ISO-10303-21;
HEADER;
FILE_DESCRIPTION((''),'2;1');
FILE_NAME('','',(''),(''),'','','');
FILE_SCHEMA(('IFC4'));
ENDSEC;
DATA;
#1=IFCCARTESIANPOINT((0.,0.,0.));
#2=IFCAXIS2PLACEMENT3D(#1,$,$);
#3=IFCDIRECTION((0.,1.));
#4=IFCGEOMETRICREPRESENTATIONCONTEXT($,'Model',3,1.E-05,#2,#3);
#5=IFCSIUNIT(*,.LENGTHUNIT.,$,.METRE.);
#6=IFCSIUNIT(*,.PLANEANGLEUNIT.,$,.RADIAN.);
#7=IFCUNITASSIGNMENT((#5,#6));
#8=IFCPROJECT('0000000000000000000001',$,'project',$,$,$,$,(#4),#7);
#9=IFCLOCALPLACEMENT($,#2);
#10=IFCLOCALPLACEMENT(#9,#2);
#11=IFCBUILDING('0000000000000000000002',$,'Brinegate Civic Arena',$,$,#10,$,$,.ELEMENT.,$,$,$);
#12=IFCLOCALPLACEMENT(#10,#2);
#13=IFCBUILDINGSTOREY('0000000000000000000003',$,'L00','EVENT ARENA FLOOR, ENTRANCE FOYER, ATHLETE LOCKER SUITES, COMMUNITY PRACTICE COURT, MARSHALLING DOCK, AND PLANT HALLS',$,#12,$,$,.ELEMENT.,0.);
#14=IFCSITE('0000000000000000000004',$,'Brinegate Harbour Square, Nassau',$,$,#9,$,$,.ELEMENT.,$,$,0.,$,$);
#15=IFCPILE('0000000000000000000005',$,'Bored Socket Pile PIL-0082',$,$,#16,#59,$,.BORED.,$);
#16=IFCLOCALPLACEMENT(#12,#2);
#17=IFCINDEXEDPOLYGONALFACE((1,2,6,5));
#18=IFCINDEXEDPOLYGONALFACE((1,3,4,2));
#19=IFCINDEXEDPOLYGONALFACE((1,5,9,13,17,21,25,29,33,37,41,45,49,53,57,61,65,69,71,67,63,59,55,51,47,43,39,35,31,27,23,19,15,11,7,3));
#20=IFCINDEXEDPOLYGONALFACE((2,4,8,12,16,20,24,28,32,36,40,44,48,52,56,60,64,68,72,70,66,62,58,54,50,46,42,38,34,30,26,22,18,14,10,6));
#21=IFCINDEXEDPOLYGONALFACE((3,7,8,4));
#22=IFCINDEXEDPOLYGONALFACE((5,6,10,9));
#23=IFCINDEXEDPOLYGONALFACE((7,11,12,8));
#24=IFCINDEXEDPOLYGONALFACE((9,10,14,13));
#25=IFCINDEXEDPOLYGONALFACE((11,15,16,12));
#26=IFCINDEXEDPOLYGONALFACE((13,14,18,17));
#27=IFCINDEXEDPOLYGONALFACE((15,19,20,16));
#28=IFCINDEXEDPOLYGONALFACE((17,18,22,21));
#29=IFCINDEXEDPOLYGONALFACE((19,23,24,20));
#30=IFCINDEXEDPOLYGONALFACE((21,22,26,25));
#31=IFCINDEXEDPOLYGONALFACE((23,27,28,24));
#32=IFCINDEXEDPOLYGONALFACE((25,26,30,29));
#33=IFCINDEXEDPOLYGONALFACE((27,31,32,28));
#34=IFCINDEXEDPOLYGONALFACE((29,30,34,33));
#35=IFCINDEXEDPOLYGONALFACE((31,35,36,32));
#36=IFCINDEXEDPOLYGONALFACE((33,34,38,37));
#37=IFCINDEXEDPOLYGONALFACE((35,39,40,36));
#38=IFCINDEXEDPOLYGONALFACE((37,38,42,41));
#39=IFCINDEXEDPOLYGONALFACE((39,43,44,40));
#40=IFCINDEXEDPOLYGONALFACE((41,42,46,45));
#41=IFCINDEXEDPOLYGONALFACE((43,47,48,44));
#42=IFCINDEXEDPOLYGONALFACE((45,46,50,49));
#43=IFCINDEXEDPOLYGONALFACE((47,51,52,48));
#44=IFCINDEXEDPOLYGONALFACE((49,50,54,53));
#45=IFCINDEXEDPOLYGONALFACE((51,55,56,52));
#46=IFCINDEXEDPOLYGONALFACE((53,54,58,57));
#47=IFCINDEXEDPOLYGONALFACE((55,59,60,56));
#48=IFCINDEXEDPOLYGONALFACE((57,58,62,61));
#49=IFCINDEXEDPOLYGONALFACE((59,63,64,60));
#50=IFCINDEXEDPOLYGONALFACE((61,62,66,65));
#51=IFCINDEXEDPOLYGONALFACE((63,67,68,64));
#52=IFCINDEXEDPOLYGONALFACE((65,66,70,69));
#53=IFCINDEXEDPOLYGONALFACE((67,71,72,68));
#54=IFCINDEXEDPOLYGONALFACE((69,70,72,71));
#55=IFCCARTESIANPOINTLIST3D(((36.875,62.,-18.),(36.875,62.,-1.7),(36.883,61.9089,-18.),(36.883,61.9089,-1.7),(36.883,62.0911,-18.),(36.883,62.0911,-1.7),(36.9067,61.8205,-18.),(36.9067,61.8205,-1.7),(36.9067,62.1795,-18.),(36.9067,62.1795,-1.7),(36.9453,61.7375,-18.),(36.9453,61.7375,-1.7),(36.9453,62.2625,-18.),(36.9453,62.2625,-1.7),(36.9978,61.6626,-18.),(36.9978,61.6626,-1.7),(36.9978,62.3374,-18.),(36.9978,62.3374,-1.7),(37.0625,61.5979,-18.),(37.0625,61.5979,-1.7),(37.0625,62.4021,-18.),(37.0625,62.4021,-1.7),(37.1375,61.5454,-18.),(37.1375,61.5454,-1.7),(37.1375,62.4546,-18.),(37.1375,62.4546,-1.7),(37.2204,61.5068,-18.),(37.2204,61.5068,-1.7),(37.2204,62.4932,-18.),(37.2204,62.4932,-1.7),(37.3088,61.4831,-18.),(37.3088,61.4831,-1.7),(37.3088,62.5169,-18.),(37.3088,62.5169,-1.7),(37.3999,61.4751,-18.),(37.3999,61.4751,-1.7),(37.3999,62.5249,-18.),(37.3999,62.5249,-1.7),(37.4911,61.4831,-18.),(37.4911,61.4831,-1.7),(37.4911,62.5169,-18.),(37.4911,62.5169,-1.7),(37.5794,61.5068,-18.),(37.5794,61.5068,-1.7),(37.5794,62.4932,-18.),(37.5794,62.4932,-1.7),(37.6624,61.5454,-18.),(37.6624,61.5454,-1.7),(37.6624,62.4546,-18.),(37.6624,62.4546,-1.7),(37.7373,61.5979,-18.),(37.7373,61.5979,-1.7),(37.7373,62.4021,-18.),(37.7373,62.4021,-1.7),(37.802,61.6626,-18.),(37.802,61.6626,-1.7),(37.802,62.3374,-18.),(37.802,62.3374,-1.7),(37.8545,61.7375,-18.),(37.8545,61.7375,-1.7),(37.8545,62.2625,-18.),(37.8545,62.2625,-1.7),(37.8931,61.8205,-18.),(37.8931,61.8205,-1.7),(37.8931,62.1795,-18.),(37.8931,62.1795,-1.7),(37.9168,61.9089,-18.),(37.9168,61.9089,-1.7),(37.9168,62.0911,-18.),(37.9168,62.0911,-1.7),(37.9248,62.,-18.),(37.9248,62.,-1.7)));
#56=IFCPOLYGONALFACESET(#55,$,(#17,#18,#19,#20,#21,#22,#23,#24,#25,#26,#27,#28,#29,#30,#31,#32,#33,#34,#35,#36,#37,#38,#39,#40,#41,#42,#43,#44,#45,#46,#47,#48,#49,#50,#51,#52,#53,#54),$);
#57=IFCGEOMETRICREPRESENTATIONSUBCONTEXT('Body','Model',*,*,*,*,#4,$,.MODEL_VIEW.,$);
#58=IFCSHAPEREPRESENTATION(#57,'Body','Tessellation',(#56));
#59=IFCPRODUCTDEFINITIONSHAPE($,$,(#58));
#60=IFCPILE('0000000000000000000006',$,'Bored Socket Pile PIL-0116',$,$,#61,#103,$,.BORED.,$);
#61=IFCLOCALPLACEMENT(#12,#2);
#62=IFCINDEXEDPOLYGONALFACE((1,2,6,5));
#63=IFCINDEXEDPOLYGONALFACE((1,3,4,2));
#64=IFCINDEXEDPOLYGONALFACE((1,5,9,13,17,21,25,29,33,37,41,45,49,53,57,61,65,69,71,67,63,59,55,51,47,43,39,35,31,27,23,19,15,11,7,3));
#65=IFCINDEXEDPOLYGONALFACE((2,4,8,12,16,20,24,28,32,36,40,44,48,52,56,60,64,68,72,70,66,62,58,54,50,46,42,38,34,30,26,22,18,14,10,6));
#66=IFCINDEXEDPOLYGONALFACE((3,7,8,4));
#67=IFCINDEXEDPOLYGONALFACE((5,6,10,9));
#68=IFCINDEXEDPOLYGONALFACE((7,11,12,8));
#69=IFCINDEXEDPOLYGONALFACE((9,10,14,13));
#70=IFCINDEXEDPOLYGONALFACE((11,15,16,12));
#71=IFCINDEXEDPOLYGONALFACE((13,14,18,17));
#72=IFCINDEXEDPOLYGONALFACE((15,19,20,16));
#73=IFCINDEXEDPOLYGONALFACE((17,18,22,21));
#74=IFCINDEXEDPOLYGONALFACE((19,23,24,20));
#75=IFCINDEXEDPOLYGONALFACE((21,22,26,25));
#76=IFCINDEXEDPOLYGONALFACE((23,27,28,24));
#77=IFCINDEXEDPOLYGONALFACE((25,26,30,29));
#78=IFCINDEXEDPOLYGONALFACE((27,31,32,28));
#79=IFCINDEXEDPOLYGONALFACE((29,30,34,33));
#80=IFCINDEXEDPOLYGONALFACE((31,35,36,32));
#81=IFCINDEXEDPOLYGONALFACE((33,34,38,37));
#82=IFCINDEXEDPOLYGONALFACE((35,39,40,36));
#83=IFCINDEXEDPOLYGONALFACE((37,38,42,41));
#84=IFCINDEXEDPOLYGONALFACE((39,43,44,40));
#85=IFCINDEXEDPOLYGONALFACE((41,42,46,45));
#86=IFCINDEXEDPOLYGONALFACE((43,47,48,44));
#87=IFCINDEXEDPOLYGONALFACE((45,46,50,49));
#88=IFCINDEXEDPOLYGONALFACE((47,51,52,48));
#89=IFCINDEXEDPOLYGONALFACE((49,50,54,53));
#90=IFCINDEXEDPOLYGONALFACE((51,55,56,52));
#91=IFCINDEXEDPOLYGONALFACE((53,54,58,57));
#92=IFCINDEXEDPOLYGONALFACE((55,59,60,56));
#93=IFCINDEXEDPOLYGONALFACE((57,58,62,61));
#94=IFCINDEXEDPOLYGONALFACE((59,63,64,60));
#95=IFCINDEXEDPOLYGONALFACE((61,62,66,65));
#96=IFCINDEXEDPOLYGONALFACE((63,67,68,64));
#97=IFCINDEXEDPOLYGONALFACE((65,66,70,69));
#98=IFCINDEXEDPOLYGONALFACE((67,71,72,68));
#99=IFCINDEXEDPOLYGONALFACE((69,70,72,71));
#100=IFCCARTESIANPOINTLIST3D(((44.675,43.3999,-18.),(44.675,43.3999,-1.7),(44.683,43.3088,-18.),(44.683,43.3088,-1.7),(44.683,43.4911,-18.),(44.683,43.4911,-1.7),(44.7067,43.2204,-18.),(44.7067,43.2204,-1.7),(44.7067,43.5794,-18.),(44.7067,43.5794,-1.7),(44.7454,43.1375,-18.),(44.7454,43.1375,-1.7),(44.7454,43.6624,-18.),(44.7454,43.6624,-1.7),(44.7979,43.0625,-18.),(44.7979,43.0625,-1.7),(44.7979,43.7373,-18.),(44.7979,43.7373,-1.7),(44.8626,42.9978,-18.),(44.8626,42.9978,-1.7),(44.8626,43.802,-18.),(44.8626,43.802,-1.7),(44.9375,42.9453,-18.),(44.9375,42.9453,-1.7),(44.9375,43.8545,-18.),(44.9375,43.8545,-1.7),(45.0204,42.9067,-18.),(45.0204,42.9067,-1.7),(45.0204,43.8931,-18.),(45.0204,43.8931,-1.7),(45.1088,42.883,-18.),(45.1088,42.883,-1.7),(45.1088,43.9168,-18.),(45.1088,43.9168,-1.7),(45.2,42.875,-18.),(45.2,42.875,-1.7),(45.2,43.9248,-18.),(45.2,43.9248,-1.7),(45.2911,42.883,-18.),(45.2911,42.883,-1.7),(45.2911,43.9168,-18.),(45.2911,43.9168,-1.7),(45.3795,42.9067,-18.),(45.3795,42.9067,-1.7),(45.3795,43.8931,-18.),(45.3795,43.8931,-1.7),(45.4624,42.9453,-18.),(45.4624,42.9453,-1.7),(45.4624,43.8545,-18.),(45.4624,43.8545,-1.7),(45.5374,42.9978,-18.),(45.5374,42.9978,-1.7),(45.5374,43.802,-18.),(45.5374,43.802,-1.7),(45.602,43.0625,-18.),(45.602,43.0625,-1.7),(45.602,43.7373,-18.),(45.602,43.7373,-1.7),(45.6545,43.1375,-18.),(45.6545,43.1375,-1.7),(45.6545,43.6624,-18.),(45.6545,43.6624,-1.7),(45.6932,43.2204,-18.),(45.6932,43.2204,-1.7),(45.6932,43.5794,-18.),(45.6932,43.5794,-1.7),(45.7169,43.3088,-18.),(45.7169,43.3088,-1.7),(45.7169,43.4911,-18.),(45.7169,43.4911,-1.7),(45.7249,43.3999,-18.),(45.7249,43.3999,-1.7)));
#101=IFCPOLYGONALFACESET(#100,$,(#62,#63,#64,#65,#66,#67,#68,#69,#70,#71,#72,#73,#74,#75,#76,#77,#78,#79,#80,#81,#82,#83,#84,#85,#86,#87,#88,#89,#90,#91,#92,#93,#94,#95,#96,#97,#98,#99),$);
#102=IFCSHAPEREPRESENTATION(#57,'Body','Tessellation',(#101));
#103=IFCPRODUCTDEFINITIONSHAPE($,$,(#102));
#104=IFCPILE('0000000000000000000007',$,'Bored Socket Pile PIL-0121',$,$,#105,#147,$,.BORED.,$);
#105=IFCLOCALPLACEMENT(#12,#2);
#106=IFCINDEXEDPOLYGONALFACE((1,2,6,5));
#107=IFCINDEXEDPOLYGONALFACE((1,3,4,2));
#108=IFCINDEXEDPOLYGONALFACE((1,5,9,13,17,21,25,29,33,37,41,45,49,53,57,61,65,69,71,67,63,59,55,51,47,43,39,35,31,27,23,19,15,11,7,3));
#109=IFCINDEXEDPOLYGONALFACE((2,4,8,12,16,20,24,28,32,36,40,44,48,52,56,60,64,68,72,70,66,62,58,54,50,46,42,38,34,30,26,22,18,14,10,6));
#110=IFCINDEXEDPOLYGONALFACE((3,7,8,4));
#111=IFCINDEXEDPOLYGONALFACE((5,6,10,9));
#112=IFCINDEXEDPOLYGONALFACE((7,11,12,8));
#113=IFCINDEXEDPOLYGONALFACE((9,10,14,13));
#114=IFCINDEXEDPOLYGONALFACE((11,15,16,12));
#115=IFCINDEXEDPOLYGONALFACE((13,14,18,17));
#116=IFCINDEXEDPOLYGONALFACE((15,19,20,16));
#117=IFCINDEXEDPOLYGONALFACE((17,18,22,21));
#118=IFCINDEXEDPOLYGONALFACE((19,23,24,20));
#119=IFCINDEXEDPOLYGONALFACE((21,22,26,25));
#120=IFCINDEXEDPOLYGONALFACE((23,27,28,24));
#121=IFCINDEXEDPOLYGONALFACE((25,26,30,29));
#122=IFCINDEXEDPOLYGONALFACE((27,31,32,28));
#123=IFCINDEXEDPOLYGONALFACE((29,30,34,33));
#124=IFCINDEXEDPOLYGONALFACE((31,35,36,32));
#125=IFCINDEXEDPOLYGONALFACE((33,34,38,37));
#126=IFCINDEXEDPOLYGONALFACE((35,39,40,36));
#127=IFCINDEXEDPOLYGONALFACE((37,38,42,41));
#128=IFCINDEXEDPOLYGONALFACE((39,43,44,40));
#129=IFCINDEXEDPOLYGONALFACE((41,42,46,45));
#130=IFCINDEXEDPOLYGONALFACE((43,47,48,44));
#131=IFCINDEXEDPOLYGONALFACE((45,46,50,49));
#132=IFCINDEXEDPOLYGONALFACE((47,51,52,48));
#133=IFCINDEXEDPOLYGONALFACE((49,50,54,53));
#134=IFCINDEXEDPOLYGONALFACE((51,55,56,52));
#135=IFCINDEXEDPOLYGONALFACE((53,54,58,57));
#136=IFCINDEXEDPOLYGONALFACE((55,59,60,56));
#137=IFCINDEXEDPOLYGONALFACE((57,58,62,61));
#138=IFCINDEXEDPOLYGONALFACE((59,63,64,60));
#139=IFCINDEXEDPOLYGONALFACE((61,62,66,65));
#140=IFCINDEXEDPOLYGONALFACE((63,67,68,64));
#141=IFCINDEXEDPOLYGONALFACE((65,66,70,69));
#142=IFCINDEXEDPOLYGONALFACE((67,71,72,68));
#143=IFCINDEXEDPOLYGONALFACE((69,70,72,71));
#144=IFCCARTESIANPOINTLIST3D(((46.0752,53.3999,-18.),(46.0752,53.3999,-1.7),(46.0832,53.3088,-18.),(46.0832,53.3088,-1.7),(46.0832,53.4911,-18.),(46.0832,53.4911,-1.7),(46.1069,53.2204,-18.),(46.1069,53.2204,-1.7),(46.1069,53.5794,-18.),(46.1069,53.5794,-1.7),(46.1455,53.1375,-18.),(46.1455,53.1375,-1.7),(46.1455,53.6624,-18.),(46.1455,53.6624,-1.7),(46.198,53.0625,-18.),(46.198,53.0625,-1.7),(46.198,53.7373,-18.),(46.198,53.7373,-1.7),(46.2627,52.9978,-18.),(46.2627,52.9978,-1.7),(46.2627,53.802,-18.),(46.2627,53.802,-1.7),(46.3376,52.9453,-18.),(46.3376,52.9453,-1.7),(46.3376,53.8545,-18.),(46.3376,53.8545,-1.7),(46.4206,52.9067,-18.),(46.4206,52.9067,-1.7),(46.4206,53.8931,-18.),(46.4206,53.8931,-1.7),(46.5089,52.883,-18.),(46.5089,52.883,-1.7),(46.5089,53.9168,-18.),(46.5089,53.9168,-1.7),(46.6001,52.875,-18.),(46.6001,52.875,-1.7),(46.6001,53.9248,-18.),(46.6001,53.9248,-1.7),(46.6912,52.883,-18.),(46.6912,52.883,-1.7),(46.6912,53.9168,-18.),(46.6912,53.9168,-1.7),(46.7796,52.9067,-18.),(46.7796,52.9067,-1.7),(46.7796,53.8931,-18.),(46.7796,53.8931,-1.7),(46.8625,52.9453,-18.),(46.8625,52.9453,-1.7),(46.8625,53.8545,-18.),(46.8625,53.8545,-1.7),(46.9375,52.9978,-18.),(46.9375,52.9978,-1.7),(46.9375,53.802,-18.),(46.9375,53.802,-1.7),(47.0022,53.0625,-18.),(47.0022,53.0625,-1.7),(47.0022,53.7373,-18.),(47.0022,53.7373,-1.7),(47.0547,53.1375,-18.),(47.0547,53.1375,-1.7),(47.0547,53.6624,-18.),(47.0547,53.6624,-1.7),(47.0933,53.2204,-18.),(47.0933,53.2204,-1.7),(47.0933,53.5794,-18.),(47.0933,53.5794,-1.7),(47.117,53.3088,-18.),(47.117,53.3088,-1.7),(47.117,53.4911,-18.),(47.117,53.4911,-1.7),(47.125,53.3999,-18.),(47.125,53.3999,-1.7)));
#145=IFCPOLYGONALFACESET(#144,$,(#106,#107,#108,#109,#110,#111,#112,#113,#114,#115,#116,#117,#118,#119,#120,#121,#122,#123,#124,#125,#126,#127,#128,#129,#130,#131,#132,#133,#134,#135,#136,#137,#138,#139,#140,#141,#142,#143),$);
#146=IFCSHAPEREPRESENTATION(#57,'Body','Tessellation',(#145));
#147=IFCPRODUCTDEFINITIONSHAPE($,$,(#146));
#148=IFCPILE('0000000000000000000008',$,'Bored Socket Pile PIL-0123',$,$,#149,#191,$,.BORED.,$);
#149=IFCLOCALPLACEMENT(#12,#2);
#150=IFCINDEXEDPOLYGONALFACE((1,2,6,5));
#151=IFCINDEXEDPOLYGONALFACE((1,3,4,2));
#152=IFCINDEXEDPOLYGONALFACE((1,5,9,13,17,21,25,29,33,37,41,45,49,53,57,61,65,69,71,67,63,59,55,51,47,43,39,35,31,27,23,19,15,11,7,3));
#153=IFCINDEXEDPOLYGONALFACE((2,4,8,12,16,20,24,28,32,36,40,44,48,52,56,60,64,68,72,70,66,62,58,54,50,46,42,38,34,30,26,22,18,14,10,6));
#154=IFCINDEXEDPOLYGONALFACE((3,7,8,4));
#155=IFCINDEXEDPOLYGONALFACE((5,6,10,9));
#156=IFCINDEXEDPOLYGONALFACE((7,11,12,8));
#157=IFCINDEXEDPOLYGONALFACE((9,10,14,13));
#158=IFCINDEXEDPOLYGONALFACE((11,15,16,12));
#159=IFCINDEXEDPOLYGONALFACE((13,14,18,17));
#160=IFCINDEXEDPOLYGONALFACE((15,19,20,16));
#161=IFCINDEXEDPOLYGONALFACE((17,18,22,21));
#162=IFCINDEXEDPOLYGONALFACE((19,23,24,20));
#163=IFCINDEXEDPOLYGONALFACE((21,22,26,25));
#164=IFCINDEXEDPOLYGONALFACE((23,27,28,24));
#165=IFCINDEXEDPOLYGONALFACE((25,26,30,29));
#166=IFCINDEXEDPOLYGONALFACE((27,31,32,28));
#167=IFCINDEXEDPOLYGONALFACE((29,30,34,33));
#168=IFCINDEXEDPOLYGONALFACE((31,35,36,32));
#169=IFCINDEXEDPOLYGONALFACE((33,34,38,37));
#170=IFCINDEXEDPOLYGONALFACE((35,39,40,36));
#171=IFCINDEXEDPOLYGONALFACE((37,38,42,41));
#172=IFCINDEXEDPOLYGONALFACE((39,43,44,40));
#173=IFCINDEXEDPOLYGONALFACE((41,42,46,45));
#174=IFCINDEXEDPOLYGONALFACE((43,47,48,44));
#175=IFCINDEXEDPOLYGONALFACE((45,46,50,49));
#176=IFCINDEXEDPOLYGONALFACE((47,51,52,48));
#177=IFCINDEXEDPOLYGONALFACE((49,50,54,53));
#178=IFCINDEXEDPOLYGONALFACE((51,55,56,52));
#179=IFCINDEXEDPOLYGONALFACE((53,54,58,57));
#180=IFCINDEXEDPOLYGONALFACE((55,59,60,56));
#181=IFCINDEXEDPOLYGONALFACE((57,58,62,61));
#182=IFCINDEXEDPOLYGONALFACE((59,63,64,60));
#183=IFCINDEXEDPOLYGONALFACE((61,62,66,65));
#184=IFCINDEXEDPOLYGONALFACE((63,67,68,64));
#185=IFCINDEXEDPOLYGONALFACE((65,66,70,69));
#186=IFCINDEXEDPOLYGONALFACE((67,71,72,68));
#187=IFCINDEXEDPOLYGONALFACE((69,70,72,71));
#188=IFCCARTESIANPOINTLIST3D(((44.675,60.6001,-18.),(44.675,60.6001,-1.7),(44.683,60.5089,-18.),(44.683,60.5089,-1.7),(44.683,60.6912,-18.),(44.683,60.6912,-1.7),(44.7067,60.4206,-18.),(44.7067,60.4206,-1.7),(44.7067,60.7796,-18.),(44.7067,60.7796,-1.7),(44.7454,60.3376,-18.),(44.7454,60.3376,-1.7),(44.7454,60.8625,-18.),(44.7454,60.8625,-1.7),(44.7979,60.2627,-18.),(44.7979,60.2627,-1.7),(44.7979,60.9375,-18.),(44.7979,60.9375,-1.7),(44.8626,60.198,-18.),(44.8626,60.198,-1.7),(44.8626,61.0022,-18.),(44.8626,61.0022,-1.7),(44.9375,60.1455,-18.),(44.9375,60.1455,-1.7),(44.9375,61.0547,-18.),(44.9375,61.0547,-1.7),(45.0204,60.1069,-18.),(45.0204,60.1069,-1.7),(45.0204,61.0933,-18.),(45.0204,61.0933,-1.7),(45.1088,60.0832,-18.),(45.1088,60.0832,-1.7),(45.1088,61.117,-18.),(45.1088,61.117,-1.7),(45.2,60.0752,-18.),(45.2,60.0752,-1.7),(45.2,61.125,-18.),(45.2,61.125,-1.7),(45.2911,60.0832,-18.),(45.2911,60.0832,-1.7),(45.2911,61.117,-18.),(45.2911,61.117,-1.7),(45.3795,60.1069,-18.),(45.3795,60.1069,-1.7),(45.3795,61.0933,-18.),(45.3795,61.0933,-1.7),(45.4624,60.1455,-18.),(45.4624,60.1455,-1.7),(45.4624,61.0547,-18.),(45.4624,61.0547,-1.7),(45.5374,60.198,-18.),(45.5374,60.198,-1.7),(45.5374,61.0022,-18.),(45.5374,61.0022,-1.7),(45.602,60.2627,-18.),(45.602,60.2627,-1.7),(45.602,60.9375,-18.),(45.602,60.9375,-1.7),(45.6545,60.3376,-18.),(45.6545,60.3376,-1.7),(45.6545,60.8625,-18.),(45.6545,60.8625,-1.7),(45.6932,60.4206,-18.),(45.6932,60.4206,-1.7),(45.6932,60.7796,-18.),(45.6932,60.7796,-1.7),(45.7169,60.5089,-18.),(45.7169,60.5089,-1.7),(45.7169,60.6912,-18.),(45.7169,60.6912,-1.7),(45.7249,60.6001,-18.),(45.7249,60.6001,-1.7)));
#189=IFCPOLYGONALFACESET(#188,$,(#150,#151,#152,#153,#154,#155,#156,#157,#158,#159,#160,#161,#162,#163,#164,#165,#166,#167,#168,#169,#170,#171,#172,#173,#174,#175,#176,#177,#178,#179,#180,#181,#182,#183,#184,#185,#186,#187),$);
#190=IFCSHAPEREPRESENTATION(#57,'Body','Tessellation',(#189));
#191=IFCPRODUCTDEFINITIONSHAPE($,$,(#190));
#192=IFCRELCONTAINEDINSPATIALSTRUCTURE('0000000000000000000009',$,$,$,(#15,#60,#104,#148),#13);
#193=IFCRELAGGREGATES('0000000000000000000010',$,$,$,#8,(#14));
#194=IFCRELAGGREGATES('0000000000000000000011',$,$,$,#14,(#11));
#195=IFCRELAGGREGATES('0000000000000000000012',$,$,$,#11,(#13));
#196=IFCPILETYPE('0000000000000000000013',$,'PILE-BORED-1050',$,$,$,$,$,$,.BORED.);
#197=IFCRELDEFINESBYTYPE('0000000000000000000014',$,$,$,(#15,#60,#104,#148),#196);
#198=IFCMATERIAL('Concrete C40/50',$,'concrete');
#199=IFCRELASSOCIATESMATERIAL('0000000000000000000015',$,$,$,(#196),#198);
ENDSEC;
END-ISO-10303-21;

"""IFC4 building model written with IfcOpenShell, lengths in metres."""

from ifc_helpers import new_model, si_unit, direction, frame, origin, origin_2d, place, context, subcontext, project, spatial, circle, extrude, material, material_profile, profile_set, type_object, element, save


model = new_model("IFC4")

# Units and contexts
model_context = context("Model", 3, precision=1e-05, world=origin(), true_north=direction((0.0, 1.0)))
body_context = subcontext(model_context, "Body", "Model", "MODEL_VIEW")
ifc_project = project(units=[si_unit("LENGTHUNIT", "METRE"), si_unit("PLANEANGLEUNIT", "RADIAN")], contexts=[model_context])

# Site, building, storey
site_placement = place(None, origin())
site = spatial("IfcSite", under=ifc_project, at=site_placement, Name="Brinegate Harbour Square, Nassau", CompositionType="ELEMENT", RefElevation=0.0)
building_placement = place(site_placement, origin())
building = spatial("IfcBuilding", under=site, at=building_placement, Name="Brinegate Civic Arena", CompositionType="ELEMENT")
storey_placement = place(building_placement, origin())
storey = spatial("IfcBuildingStorey", under=building, at=storey_placement, Name="L00", Description="EVENT ARENA FLOOR, ENTRANCE FOYER, ATHLETE LOCKER SUITES, COMMUNITY PRACTICE COURT, MARSHALLING DOCK, AND PLANT HALLS", CompositionType="ELEMENT", Elevation=0.0)

# Shared definitions
ifc_material_1 = material(Name="Concrete C40/50", Category="concrete")

# Piles
ifc_material_profile_1 = material_profile(ifc_material_1, circle(Radius=0.5249, at=origin_2d()), Name="PILED1050")
ifc_profile_set_1 = profile_set([ifc_material_profile_1], Name="Concrete C40/50")
pile_type_1 = type_object("IfcPileType", Name="PILE-BORED-1050", PredefinedType="BORED", material=ifc_profile_set_1)
for number, where, z_axis, x_axis, name in (
    (1, (37.3999, 62.0, -1.7), (0.0, 0.0, -1.0), (1.0, 0.0, 0.0), "Bored Socket Pile PIL-0082"),
    (2, (45.2, 43.3999, -1.7), (0.0, 0.0, -1.0), (1.0, 0.0, 0.0), "Bored Socket Pile PIL-0116"),
    (3, (46.6001, 53.3999, -1.7), (0.0, 0.0, -1.0), (1.0, 0.0, 0.0), "Bored Socket Pile PIL-0121"),
    (4, (45.2, 60.6001, -1.7), (0.0, 0.0, -1.0), (1.0, 0.0, 0.0), "Bored Socket Pile PIL-0123"),
):
    element("IfcPile", number, at=place(storey_placement, frame(where, z_axis=z_axis, x_axis=x_axis)), inside=storey, type_object=pile_type_1, Name=name, PredefinedType="BORED", context=body_context, shape_type="SweptSolid", body=[
        extrude(circle(Radius=0.5249, at=origin_2d()), origin(), (0.0, 0.0, 1.0), 16.3),
    ])

save(model, "model.ifc")
